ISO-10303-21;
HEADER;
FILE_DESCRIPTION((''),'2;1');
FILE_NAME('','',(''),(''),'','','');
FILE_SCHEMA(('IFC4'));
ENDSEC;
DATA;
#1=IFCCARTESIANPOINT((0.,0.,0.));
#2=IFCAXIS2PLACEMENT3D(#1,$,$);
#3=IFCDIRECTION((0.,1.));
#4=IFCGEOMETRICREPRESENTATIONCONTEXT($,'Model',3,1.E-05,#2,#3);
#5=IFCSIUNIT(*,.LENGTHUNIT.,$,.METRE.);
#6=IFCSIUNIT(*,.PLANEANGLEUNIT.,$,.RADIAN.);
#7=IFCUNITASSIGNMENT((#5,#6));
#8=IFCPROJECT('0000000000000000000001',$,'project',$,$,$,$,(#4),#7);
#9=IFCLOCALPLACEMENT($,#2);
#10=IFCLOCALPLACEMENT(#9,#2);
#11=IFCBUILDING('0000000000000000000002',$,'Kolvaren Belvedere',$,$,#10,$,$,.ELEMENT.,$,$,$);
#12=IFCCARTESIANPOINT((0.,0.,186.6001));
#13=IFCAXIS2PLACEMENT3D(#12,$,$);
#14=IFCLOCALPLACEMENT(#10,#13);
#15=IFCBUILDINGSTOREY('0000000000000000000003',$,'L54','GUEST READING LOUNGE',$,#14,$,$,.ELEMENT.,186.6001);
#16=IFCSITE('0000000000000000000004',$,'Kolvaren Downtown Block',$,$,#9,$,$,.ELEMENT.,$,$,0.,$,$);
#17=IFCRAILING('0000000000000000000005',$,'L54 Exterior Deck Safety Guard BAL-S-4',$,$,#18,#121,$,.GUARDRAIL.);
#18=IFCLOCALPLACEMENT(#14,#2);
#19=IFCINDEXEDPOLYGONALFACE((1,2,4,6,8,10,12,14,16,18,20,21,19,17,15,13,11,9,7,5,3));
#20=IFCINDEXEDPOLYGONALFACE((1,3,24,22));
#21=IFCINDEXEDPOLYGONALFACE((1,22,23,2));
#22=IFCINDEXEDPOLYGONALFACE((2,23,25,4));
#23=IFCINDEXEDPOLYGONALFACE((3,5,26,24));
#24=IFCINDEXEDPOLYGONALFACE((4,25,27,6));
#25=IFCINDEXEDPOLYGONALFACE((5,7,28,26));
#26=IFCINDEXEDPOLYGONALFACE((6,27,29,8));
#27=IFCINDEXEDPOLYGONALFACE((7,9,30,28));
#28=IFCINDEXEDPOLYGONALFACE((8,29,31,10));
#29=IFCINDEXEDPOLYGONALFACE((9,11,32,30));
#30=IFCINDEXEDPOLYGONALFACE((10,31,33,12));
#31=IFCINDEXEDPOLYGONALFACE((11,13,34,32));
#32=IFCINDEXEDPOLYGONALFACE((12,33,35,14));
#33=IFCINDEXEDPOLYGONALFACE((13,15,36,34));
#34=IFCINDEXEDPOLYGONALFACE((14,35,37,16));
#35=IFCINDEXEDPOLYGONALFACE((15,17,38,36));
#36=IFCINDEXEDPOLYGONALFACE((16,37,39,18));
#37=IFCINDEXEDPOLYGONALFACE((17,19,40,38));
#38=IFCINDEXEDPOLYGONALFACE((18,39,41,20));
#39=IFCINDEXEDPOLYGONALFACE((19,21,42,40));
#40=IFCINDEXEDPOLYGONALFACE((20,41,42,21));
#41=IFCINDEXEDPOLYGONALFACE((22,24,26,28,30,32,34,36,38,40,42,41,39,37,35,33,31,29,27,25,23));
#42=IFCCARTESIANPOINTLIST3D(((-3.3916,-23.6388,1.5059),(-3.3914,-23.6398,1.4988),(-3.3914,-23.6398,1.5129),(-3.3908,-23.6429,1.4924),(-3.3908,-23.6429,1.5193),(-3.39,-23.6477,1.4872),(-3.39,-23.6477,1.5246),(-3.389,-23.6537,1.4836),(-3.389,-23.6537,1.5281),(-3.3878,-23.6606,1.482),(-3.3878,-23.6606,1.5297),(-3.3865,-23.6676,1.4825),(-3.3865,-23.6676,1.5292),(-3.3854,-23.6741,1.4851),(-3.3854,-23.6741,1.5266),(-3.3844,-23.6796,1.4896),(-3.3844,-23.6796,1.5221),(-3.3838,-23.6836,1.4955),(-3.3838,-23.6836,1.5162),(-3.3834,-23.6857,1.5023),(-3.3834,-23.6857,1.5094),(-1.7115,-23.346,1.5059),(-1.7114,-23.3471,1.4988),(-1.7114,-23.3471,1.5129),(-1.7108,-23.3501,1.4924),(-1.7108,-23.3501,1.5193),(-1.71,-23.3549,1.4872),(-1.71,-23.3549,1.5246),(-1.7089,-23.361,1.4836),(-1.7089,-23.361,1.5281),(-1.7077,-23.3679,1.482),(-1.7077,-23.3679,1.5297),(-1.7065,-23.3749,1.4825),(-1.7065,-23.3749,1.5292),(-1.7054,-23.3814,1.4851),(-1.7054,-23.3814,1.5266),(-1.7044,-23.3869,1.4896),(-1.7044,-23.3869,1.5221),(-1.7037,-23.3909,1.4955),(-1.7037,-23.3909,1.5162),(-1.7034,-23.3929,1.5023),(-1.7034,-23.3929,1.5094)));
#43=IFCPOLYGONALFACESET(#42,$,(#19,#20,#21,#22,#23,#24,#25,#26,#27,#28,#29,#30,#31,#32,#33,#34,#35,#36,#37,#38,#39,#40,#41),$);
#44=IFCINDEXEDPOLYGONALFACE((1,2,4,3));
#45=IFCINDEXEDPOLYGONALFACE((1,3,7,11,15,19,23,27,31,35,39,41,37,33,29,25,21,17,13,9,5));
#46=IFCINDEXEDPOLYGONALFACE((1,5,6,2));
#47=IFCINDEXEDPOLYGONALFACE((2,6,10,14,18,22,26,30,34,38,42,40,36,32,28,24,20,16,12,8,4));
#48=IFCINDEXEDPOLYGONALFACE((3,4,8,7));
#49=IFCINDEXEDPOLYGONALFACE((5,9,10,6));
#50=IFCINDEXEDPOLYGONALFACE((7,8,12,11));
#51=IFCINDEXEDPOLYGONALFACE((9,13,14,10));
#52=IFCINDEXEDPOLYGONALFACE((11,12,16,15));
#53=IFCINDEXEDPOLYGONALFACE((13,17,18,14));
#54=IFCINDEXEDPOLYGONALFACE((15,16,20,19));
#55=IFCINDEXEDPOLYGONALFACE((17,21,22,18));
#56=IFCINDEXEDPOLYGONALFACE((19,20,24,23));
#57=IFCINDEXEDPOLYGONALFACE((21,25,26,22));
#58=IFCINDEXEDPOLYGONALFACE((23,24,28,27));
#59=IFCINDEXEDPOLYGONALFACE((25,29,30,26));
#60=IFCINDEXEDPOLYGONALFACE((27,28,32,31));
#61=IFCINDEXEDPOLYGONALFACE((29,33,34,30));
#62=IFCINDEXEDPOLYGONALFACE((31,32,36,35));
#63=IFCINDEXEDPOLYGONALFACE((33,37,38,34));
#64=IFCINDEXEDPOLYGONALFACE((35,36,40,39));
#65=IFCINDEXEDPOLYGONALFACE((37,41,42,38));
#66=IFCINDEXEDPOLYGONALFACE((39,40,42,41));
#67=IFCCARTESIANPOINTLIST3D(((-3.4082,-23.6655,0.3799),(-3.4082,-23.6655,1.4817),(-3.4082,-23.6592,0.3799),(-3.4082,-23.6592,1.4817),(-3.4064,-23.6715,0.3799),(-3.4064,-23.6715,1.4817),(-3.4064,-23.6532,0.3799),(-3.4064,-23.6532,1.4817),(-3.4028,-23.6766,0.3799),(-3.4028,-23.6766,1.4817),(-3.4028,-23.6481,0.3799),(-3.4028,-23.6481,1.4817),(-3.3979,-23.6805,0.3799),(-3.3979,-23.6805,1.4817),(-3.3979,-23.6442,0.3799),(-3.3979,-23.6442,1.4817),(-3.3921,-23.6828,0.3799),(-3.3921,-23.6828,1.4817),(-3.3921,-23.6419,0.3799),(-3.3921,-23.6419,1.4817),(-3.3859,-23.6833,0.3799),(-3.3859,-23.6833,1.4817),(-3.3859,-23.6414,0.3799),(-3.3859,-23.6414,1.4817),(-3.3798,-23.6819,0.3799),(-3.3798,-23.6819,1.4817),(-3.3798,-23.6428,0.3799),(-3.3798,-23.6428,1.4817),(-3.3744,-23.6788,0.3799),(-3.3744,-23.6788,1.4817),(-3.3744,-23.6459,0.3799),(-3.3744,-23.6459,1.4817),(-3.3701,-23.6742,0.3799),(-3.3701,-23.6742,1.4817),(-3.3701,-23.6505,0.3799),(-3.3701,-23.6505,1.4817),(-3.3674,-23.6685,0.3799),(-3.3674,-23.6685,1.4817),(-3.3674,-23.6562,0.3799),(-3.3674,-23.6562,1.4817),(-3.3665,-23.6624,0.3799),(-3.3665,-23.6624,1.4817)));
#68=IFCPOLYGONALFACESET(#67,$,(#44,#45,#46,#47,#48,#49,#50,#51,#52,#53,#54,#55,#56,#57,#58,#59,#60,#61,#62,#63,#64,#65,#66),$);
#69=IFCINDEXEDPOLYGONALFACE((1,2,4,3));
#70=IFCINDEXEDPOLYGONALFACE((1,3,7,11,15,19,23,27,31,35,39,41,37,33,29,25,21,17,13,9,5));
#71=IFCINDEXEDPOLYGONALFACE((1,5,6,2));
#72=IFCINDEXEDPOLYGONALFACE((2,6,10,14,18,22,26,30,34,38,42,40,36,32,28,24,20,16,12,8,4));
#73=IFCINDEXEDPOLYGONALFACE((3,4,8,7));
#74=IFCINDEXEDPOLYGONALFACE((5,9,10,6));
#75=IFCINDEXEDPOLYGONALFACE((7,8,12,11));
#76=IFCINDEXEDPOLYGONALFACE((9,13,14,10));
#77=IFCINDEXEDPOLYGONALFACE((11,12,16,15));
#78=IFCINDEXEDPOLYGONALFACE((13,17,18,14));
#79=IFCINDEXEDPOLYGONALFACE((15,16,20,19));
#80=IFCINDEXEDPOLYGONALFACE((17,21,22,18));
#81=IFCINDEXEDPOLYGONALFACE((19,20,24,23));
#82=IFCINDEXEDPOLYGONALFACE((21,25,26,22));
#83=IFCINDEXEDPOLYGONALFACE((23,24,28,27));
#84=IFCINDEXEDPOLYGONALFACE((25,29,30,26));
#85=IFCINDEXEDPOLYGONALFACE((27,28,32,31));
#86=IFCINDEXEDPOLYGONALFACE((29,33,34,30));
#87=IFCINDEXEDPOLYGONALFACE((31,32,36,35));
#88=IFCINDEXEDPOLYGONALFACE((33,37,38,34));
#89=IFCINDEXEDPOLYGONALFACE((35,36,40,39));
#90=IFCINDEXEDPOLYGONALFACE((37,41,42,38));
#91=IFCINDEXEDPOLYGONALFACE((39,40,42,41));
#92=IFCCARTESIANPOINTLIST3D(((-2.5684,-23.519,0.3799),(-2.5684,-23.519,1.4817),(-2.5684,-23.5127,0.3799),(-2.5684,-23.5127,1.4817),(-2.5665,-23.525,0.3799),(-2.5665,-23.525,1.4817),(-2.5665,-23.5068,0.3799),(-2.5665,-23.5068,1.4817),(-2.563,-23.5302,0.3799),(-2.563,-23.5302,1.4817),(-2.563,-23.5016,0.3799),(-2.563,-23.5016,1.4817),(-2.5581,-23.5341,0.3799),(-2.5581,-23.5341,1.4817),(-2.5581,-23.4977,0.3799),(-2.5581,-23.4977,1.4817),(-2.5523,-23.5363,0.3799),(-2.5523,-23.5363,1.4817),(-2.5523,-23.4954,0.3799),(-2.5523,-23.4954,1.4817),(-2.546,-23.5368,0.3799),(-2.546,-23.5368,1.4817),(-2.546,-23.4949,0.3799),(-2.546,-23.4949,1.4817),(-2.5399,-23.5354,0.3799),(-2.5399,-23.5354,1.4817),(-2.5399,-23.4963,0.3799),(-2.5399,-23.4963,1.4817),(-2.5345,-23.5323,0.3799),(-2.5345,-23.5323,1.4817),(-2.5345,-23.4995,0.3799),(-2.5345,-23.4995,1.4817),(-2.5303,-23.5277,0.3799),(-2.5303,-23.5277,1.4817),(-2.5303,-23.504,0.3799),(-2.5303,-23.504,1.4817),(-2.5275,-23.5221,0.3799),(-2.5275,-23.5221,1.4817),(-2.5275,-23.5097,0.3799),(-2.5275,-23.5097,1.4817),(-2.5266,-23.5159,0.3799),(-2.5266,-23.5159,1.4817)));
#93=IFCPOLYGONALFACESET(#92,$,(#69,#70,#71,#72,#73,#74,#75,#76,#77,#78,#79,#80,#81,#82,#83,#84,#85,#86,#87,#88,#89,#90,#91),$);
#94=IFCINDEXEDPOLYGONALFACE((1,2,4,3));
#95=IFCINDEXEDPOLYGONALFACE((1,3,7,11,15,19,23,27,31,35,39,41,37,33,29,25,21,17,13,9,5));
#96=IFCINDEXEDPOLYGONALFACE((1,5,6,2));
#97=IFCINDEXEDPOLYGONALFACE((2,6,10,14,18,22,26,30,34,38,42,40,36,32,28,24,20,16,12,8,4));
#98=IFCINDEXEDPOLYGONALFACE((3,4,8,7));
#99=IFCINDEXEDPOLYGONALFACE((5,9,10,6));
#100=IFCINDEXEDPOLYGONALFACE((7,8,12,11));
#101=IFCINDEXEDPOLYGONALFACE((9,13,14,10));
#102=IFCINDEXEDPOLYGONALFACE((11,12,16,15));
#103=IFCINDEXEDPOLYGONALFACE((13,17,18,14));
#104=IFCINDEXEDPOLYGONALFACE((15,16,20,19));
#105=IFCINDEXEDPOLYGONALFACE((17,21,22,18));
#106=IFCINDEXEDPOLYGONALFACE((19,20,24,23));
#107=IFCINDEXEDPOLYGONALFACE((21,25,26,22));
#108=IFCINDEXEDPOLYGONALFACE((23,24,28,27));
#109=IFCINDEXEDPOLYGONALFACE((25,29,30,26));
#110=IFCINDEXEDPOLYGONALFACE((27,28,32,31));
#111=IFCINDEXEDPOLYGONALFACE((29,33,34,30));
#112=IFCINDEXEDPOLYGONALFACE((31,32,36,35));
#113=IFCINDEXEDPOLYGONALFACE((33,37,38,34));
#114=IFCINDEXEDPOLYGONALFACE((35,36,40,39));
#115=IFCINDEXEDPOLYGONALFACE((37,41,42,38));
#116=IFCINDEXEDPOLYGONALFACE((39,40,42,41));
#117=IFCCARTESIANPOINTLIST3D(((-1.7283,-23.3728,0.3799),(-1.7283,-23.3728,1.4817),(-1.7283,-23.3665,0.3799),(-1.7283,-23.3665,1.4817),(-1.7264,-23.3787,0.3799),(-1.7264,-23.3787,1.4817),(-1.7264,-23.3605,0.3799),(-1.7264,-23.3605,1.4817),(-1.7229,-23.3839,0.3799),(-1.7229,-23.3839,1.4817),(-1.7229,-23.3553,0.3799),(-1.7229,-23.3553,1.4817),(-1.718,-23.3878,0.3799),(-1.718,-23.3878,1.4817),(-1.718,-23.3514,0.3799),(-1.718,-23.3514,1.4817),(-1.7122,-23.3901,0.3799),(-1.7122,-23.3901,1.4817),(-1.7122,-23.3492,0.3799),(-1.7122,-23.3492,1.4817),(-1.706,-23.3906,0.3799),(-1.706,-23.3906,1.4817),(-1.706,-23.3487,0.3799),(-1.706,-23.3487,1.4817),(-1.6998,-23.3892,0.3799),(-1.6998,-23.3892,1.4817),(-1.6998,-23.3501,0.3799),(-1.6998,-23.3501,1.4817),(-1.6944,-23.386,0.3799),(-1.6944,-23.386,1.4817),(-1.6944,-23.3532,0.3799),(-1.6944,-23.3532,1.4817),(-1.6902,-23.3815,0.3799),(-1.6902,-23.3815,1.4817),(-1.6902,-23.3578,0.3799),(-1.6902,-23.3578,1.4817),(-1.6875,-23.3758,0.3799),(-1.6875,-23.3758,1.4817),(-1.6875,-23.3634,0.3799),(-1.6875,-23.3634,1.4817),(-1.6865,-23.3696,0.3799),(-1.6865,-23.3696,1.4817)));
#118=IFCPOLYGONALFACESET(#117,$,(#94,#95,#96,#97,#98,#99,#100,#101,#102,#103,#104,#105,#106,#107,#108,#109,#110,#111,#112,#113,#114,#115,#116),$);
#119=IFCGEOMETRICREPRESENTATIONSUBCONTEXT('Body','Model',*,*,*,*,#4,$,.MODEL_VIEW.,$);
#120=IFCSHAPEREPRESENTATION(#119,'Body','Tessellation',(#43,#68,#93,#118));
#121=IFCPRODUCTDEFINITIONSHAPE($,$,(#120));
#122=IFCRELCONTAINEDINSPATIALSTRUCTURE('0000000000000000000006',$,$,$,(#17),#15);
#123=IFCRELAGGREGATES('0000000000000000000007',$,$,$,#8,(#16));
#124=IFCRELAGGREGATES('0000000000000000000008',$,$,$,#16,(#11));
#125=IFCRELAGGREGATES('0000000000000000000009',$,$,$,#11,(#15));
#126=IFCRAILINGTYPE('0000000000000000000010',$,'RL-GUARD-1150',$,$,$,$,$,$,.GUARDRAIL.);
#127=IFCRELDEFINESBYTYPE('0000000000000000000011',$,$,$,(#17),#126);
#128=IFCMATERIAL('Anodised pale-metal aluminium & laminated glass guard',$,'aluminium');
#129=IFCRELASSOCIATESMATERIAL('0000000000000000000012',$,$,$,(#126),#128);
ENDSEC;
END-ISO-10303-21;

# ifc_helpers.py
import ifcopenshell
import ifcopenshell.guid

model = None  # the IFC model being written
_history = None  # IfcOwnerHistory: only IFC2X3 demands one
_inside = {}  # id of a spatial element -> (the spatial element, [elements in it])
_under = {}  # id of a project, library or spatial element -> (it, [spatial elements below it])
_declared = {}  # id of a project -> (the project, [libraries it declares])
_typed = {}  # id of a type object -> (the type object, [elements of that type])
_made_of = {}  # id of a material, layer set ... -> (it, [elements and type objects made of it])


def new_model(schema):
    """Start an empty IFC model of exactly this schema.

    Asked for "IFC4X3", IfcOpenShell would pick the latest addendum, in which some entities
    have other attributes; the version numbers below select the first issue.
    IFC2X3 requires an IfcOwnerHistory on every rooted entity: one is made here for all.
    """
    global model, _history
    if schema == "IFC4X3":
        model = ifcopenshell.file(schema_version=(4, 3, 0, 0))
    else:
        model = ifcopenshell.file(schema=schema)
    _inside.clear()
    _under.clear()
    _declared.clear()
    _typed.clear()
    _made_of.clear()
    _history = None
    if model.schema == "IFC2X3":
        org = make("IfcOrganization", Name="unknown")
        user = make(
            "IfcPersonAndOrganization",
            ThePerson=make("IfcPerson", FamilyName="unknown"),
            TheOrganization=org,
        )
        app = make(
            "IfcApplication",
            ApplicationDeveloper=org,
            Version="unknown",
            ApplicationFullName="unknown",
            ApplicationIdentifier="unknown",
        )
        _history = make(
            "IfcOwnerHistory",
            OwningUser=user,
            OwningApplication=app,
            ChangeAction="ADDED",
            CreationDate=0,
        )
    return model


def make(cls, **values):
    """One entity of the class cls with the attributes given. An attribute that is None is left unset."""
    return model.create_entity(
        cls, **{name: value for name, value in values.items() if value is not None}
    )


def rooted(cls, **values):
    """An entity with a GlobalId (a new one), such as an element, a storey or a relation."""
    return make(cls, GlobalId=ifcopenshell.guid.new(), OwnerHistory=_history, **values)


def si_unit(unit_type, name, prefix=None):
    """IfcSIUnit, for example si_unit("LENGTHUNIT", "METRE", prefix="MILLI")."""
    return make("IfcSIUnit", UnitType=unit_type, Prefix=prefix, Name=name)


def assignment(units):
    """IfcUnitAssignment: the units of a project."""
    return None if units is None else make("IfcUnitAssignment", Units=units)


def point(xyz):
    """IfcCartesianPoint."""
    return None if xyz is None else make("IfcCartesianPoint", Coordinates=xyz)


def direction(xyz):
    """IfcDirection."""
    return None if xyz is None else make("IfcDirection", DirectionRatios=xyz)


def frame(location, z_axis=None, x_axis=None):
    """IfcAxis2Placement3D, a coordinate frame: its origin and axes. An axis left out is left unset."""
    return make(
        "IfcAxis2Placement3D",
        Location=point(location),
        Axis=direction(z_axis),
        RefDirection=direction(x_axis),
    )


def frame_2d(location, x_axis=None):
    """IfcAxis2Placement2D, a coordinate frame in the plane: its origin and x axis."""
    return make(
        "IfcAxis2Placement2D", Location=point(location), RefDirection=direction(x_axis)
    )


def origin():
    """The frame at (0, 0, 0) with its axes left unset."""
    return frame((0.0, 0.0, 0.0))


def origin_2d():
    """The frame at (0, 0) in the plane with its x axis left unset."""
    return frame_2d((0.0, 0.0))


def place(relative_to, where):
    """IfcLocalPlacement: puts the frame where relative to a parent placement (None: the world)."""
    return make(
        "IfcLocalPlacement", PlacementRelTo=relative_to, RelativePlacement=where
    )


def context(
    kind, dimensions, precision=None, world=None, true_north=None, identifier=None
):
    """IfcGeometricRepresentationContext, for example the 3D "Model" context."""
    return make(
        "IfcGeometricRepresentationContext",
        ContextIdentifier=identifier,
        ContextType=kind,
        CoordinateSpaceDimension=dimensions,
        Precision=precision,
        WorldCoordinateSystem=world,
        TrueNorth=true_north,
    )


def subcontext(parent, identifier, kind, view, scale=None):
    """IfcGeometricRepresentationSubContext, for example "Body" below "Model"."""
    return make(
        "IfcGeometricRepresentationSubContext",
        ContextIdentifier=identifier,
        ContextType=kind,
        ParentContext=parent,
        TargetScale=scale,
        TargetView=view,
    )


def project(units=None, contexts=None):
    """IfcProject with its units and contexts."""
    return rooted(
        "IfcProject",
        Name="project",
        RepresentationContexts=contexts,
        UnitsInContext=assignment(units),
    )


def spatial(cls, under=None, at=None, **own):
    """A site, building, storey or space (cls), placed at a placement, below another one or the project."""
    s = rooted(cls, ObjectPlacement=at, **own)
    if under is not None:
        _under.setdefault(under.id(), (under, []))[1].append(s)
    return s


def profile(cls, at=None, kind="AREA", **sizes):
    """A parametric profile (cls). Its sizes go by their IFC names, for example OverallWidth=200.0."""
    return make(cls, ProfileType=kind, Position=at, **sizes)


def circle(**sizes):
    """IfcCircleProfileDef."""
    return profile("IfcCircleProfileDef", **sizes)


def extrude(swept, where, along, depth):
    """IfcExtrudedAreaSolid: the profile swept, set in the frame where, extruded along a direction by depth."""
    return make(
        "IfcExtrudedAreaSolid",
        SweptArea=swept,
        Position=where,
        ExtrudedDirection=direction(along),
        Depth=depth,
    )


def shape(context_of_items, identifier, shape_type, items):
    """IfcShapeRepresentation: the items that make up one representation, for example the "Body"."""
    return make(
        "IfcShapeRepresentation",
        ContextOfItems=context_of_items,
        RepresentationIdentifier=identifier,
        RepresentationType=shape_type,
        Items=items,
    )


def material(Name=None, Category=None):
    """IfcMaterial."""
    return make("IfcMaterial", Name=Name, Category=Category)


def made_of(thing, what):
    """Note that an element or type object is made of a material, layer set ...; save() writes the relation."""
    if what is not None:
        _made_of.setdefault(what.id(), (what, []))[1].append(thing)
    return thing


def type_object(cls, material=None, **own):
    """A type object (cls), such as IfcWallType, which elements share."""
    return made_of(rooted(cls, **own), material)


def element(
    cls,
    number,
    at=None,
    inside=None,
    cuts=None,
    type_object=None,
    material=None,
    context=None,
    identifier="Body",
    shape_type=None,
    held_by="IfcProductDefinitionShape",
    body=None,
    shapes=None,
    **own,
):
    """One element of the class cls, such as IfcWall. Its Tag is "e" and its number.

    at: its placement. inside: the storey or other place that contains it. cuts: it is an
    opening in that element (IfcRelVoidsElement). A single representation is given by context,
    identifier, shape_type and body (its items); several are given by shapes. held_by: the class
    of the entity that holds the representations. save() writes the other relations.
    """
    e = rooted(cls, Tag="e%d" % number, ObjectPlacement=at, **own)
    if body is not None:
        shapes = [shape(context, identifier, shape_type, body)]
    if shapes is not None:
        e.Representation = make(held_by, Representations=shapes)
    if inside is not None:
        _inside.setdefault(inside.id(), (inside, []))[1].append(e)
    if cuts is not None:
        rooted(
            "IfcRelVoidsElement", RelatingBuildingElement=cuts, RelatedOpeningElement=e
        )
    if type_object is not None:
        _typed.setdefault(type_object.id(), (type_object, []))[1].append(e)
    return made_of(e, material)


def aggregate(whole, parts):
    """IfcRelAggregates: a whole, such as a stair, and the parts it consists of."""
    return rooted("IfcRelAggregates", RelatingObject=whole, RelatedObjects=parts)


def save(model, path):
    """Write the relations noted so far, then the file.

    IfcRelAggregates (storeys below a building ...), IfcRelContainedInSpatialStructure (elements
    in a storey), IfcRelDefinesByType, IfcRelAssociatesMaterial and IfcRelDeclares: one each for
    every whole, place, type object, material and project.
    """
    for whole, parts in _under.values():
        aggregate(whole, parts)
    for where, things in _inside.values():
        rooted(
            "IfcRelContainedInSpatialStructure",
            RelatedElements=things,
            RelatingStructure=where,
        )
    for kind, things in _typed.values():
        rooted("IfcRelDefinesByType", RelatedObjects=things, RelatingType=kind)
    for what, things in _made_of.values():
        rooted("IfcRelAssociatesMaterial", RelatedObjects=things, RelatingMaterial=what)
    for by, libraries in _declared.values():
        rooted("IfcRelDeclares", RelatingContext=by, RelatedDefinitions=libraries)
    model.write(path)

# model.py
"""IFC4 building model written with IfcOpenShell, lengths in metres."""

from ifc_helpers import new_model, si_unit, direction, frame, origin, origin_2d, place, context, subcontext, project, spatial, circle, extrude, material, type_object, element, save


model = new_model("IFC4")

# Units and contexts
model_context = context("Model", 3, precision=1e-05, world=origin(), true_north=direction((0.0, 1.0)))
body_context = subcontext(model_context, "Body", "Model", "MODEL_VIEW")
ifc_project = project(units=[si_unit("LENGTHUNIT", "METRE"), si_unit("PLANEANGLEUNIT", "RADIAN")], contexts=[model_context])

# Site, building, storey
site_placement = place(None, origin())
site = spatial("IfcSite", under=ifc_project, at=site_placement, Name="Kolvaren Downtown Block", CompositionType="ELEMENT", RefElevation=0.0)
building_placement = place(site_placement, origin())
building = spatial("IfcBuilding", under=site, at=building_placement, Name="Kolvaren Belvedere", CompositionType="ELEMENT")
storey_placement = place(building_placement, frame((0.0, 0.0, 186.6001)))
storey = spatial("IfcBuildingStorey", under=building, at=storey_placement, Name="L54", Description="GUEST READING LOUNGE", CompositionType="ELEMENT", Elevation=186.6001)

# Railing
ifc_material_1 = material(Name="Anodised pale-metal aluminium & laminated glass guard", Category="aluminium")
railing_type = type_object("IfcRailingType", Name="RL-GUARD-1150", PredefinedType="GUARDRAIL", material=ifc_material_1)
railing_1_placement = place(storey_placement, frame((-3.3875, -23.6624, 0.3799)))
element("IfcRailing", 1, at=railing_1_placement, inside=storey, type_object=railing_type, Name="L54 Exterior Deck Safety Guard BAL-S-4", PredefinedType="GUARDRAIL", context=body_context, shape_type="SweptSolid", body=[
    extrude(circle(Radius=0.0239, at=origin_2d()), frame((0.0, 0.0, 1.126), z_axis=(0.985156, 0.171661, 0.0), x_axis=(-0.171661, 0.985156, 0.0)), (0.0, 0.0, 1.0), 1.7053),
    extrude(circle(Radius=0.021, at=origin_2d()), origin(), (0.0, 0.0, 1.0), 1.1018),
    extrude(circle(Radius=0.021, at=origin_2d()), frame((0.8398, 0.1465, 0.0)), (0.0, 0.0, 1.0), 1.1018),
    extrude(circle(Radius=0.021, at=origin_2d()), frame((1.6799, 0.2927, 0.0)), (0.0, 0.0, 1.0), 1.1018),
])

save(model, "model.ifc")
